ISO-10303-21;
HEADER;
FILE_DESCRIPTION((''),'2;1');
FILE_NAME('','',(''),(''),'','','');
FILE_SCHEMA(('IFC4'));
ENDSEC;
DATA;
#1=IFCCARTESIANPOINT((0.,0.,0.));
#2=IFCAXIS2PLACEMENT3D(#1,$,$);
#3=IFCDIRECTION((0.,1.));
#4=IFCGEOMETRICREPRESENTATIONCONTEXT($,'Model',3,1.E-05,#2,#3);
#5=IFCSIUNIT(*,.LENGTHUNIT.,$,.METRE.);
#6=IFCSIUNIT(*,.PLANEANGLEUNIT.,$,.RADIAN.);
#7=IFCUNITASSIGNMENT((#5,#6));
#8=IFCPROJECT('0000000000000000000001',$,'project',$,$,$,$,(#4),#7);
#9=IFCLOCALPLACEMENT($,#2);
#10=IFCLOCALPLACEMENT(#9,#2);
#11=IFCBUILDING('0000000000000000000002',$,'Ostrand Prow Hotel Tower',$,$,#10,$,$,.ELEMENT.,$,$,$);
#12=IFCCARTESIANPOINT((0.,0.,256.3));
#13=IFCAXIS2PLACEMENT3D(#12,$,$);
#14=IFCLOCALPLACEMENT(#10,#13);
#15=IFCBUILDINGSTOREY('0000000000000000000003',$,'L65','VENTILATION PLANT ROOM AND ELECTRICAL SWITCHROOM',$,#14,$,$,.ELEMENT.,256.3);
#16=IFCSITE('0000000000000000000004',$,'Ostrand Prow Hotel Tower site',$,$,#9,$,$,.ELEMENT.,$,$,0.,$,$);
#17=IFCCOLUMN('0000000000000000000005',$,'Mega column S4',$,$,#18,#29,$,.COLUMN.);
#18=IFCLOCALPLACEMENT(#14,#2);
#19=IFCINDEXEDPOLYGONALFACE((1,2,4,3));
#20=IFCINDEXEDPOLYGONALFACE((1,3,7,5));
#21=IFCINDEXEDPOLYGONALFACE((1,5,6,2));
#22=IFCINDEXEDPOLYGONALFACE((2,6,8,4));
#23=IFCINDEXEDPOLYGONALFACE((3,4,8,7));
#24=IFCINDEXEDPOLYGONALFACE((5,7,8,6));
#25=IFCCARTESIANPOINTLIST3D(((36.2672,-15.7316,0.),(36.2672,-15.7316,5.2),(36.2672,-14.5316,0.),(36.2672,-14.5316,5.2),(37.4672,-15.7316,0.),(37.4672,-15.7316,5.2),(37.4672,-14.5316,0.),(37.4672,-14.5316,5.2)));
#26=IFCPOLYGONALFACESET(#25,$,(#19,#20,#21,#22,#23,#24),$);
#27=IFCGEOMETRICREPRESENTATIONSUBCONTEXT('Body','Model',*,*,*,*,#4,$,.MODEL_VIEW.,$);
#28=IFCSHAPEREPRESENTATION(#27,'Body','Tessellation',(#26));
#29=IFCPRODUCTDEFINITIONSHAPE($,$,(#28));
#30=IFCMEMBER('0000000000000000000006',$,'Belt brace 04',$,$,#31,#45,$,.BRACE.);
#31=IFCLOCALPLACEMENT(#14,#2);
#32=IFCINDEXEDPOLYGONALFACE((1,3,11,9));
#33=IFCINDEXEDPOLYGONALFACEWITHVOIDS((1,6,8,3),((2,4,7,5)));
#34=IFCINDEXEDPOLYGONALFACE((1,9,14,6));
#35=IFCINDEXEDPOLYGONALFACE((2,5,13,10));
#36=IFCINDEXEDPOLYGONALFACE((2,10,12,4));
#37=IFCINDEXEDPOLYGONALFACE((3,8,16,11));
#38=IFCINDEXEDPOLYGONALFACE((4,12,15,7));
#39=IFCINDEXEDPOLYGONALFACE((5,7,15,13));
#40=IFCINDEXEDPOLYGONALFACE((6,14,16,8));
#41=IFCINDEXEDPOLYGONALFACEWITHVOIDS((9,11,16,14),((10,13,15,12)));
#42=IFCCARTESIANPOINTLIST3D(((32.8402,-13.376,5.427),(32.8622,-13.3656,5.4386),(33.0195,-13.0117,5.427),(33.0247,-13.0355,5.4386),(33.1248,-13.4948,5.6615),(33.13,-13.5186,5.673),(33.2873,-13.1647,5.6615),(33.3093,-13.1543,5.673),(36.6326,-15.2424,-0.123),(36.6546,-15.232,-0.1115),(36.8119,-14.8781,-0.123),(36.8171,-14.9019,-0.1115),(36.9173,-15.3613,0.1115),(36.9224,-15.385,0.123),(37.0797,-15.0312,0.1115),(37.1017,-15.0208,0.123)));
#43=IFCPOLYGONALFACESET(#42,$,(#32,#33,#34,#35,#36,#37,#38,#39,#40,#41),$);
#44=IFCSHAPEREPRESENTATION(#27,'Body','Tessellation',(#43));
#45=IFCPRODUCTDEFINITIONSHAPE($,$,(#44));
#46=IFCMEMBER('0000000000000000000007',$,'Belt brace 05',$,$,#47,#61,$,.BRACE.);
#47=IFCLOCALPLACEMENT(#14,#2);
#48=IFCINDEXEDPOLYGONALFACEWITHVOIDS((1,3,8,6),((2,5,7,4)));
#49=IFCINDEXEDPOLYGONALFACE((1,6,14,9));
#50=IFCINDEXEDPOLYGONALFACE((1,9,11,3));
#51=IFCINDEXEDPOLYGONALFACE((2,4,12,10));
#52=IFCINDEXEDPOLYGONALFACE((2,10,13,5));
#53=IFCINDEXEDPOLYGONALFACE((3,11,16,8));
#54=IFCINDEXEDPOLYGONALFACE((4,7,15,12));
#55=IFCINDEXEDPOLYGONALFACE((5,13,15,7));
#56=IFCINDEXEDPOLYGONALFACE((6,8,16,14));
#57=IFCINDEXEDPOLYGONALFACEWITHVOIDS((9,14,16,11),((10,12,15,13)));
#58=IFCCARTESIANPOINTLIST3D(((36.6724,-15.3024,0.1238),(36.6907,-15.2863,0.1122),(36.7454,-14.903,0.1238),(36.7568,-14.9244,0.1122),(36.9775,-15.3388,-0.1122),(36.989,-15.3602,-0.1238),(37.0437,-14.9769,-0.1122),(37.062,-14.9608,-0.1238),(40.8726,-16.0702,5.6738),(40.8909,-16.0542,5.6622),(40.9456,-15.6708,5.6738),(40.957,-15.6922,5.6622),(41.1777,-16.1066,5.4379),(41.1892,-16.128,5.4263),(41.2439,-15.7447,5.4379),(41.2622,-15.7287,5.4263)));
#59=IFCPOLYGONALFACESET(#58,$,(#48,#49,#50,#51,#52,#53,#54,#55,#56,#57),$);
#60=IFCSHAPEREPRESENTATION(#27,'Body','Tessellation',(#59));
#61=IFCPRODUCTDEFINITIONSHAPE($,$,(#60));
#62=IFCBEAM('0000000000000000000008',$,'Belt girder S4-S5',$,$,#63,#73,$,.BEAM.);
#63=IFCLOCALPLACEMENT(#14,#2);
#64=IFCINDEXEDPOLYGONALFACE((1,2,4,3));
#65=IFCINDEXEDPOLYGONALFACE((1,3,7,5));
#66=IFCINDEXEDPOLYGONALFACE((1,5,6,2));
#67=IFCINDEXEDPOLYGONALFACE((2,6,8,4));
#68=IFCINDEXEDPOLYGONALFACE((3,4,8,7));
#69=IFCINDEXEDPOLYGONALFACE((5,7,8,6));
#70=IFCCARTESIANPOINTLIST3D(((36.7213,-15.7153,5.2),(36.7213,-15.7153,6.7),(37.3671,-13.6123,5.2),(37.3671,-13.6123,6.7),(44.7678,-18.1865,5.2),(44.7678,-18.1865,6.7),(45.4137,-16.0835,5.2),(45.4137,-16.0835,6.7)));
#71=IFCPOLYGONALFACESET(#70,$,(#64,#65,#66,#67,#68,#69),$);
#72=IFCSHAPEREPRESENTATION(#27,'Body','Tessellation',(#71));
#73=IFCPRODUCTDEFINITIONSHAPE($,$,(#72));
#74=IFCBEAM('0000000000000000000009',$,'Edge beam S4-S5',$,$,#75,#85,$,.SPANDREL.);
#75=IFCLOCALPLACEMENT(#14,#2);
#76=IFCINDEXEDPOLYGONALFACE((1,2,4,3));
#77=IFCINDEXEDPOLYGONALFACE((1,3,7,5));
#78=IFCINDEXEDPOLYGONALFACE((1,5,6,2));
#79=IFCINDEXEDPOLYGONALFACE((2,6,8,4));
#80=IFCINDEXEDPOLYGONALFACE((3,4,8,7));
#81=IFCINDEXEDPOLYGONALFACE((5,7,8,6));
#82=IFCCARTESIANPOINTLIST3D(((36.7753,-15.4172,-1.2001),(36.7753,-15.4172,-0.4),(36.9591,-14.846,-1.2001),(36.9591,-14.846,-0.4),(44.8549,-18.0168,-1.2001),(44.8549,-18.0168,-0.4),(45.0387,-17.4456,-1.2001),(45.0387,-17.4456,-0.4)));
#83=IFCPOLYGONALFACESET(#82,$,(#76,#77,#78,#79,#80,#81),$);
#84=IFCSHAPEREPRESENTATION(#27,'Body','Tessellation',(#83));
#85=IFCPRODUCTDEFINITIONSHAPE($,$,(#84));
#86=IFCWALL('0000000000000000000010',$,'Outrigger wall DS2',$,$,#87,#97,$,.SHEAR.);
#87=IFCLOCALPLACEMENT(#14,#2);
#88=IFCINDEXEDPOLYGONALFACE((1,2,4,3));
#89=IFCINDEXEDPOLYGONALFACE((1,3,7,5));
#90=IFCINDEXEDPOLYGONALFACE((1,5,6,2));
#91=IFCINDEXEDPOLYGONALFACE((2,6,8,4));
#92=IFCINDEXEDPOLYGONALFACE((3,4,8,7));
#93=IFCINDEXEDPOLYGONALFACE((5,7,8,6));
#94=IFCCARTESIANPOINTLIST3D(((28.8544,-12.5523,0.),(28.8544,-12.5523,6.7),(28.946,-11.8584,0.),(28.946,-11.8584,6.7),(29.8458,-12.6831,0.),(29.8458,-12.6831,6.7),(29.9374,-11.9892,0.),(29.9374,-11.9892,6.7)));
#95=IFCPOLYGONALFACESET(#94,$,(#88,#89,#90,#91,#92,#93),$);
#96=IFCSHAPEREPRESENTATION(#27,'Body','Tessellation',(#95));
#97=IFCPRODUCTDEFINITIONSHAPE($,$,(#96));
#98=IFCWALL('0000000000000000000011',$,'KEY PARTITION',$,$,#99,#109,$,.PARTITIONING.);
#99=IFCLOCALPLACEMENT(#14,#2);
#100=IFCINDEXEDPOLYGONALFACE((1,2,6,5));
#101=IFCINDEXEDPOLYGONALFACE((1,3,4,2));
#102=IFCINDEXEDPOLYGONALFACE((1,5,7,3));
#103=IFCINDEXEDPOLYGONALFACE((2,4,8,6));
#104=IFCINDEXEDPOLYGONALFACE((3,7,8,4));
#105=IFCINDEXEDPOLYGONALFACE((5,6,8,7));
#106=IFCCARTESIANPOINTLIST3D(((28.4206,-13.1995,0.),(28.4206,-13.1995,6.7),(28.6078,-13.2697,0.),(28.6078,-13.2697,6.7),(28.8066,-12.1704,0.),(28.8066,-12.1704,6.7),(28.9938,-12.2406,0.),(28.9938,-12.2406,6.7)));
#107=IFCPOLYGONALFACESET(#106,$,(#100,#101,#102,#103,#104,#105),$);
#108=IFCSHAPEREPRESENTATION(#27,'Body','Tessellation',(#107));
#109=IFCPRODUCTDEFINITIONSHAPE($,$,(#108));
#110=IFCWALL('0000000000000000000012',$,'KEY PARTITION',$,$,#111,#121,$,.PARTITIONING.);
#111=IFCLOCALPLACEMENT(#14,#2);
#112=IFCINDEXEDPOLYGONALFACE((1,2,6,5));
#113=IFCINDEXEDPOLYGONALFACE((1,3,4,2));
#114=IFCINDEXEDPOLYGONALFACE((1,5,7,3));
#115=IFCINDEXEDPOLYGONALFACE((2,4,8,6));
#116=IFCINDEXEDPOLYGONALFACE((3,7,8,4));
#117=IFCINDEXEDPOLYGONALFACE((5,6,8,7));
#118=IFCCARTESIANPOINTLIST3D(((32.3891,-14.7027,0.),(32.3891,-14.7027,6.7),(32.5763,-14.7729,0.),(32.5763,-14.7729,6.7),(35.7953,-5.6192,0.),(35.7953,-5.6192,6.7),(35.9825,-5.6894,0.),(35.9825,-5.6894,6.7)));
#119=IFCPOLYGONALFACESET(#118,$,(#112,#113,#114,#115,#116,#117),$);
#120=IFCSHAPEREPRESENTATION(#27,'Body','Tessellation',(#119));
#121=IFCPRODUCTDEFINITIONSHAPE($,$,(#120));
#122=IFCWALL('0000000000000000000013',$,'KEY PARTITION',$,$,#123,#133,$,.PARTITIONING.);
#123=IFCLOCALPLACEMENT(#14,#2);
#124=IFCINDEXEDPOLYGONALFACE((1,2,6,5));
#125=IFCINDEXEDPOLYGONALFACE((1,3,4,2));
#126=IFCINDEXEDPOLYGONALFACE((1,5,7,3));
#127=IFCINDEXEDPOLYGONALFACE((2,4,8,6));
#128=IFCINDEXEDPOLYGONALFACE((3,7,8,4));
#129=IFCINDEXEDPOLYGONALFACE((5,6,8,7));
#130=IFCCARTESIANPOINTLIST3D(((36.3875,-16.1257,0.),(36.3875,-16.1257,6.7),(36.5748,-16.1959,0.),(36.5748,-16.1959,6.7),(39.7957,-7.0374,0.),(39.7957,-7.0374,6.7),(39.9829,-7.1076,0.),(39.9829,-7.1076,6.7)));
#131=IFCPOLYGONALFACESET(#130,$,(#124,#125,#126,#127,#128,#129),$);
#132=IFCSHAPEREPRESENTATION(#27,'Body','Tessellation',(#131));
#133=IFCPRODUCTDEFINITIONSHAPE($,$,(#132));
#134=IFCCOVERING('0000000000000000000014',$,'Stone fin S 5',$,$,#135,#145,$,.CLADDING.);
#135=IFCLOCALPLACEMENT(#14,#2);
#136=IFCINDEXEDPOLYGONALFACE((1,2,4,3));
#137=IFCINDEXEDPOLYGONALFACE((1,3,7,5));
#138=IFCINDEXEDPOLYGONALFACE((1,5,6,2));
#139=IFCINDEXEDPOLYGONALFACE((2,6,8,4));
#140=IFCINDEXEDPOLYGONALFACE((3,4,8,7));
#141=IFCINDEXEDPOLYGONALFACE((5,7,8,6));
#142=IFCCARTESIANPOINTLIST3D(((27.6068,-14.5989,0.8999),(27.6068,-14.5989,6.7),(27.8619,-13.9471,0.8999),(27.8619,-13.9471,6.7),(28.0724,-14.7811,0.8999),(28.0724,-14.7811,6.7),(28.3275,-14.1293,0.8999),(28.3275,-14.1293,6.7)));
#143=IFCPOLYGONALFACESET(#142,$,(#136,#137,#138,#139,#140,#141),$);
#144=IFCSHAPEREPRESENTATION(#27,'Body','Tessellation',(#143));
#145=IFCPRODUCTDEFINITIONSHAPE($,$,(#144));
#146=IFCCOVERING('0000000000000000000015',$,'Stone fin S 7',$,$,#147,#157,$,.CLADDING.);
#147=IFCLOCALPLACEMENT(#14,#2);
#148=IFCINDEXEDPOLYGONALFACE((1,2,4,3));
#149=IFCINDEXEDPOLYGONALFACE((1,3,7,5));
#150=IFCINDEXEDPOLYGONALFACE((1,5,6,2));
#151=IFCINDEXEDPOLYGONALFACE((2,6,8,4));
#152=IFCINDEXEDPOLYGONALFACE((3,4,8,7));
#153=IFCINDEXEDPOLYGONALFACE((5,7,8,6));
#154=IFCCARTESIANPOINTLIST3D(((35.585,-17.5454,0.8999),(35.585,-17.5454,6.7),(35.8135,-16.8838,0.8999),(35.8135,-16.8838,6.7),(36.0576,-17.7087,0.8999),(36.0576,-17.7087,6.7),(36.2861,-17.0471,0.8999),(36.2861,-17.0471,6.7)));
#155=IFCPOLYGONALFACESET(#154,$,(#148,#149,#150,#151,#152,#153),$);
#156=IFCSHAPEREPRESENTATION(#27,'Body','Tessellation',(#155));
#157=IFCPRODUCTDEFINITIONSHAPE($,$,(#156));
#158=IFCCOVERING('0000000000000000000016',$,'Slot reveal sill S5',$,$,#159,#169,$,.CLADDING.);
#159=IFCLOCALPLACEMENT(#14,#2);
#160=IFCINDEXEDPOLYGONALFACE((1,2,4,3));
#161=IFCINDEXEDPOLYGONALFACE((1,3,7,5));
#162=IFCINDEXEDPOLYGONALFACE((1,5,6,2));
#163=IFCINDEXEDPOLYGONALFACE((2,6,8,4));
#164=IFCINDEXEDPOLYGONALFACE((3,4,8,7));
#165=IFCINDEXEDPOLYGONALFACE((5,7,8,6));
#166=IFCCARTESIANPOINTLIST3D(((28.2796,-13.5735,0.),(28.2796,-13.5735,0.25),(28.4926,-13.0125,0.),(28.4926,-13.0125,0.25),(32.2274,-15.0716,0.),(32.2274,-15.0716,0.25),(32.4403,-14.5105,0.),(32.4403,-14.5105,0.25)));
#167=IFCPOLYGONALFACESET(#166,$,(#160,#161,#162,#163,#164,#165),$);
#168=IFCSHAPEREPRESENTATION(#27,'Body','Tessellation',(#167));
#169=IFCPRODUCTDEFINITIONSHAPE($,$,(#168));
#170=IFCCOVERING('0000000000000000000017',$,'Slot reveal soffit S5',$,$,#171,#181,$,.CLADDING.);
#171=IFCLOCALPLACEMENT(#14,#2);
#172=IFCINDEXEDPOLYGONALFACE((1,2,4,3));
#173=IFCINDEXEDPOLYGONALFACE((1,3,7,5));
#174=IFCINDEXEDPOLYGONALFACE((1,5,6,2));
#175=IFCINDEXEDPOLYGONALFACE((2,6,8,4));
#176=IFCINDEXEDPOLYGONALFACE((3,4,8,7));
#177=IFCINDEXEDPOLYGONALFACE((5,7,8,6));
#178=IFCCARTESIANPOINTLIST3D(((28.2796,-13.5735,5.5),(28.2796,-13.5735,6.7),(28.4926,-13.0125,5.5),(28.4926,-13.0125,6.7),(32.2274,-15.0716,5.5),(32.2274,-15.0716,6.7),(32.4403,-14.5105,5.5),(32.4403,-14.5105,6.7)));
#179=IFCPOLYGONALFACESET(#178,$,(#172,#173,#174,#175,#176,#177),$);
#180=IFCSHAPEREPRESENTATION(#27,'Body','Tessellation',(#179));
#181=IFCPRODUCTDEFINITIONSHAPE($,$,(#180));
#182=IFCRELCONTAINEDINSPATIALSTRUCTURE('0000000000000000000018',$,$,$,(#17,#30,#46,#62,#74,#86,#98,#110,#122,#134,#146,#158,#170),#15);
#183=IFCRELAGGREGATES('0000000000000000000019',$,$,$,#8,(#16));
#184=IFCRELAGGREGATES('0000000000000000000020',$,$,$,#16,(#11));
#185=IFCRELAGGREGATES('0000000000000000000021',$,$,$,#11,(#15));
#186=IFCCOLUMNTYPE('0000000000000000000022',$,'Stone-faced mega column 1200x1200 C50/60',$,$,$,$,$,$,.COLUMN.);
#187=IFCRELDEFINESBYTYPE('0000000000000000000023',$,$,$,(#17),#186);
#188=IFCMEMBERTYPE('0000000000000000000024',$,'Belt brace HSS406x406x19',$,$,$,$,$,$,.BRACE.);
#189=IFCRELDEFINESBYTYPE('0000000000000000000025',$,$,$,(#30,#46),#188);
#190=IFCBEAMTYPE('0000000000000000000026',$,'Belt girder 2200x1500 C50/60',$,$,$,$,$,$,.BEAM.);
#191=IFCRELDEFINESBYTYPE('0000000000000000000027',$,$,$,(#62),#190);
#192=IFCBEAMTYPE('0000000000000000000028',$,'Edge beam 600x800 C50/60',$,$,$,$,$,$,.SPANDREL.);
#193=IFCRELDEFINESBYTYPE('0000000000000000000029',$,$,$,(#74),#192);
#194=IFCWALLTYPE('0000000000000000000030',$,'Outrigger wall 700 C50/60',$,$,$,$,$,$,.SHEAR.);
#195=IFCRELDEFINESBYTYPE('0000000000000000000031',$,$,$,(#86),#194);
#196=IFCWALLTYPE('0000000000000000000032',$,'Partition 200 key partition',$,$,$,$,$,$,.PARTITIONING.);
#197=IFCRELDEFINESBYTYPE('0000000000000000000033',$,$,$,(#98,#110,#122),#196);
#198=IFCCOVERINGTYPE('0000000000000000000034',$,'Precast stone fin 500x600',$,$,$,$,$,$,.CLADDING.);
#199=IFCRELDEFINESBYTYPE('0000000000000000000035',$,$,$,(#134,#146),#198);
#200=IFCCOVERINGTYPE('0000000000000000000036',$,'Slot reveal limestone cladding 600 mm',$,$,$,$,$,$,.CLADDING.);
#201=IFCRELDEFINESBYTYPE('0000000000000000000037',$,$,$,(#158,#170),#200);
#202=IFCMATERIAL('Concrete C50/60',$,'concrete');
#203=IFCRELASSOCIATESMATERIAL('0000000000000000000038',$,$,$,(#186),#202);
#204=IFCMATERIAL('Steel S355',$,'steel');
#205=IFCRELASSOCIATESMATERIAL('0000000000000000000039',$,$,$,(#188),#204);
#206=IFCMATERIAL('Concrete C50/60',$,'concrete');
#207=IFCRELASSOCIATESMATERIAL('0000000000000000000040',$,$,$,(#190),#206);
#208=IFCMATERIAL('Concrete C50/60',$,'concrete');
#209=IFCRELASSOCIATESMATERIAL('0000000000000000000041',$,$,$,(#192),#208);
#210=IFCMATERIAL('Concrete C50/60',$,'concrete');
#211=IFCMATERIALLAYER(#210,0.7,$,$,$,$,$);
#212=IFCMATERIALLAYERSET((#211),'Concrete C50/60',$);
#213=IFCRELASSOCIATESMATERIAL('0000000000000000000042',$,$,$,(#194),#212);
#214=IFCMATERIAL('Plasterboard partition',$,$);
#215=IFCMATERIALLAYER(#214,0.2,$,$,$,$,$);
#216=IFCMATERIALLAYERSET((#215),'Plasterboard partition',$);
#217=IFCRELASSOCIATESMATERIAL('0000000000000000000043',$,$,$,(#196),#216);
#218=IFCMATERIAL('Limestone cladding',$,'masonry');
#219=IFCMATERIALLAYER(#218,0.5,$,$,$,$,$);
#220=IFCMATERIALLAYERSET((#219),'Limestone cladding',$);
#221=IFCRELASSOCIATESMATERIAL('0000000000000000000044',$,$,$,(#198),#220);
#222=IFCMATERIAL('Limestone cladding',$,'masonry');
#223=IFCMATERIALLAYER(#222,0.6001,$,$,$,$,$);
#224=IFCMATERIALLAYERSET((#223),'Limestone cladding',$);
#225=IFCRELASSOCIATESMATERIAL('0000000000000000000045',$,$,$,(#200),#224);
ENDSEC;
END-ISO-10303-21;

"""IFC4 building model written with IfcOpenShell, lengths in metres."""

from ifc_helpers import new_model, si_unit, direction, frame, frame_2d, origin, origin_2d, place, context, subcontext, project, spatial, rectangle, hollow_rectangle, extrude, material, layer, layer_set, material_profile, profile_set, type_object, element, save


model = new_model("IFC4")

# Units and contexts
model_context = context("Model", 3, precision=1e-05, world=origin(), true_north=direction((0.0, 1.0)))
body_context = subcontext(model_context, "Body", "Model", "MODEL_VIEW")
ifc_project = project(units=[si_unit("LENGTHUNIT", "METRE"), si_unit("PLANEANGLEUNIT", "RADIAN")], contexts=[model_context])

# Site, building, storey
site_placement = place(None, origin())
site = spatial("IfcSite", under=ifc_project, at=site_placement, Name="Ostrand Prow Hotel Tower site", CompositionType="ELEMENT", RefElevation=0.0)
building_placement = place(site_placement, origin())
building = spatial("IfcBuilding", under=site, at=building_placement, Name="Ostrand Prow Hotel Tower", CompositionType="ELEMENT")
storey_placement = place(building_placement, frame((0.0, 0.0, 256.3)))
storey = spatial("IfcBuildingStorey", under=building, at=storey_placement, Name="L65", Description="VENTILATION PLANT ROOM AND ELECTRICAL SWITCHROOM", CompositionType="ELEMENT", Elevation=256.3)

# Column
ifc_material_1 = material(Name="Concrete C50/60", Category="concrete")
ifc_material_profile_1 = material_profile(ifc_material_1, rectangle(XDim=1.2, YDim=1.2, at=origin_2d()), Name="RC 1200x1200")
ifc_profile_set_1 = profile_set([ifc_material_profile_1], Name="Concrete C50/60")
column_type = type_object("IfcColumnType", Name="Stone-faced mega column 1200x1200 C50/60", PredefinedType="COLUMN", material=ifc_profile_set_1)
column_placement = place(storey_placement, frame((36.8672, -15.1316, 0.0), z_axis=(0.0, 0.0, 1.0), x_axis=(1.0, 0.0, 0.0)))
element("IfcColumn", 1, at=column_placement, inside=storey, type_object=column_type, Name="Mega column S4", PredefinedType="COLUMN", context=body_context, shape_type="SweptSolid", body=[
    extrude(rectangle(XDim=1.2, YDim=1.2, at=origin_2d()), origin(), (0.0, 0.0, 1.0), 5.2),
])

# Members
ifc_material_2 = material(Name="Steel S355", Category="steel")
ifc_material_profile_2 = material_profile(ifc_material_2, hollow_rectangle(XDim=0.406, YDim=0.406, WallThickness=0.019, at=origin_2d()), Name="HSS406x406x19")
ifc_profile_set_2 = profile_set([ifc_material_profile_2], Name="Steel S355")
member_type = type_object("IfcMemberType", Name="Belt brace HSS406x406x19", PredefinedType="BRACE", material=ifc_profile_set_2)
member_1_placement = place(storey_placement, frame((36.8672, -15.1316, 0.0), z_axis=(-0.543619, 0.26754, 0.795551), x_axis=(-0.441567, -0.897228, 0.0)))
element("IfcMember", 2, at=member_1_placement, inside=storey, type_object=member_type, Name="Belt brace 04", PredefinedType="BRACE", context=body_context, shape_type="SweptSolid", body=[
    extrude(hollow_rectangle(XDim=0.406, YDim=0.406, WallThickness=0.019, at=origin_2d()), origin(), (0.0, 0.0, 1.0), 6.9763),
])
member_2_placement = place(storey_placement, frame((36.8672, -15.1316, 0.0), z_axis=(0.599818, -0.109651, 0.792587), x_axis=(0.179826, 0.983698, 0.0)))
element("IfcMember", 3, at=member_2_placement, inside=storey, type_object=member_type, Name="Belt brace 05", PredefinedType="BRACE", context=body_context, shape_type="SweptSolid", body=[
    extrude(hollow_rectangle(XDim=0.406, YDim=0.406, WallThickness=0.019, at=origin_2d()), origin(), (0.0, 0.0, 1.0), 7.0024),
])

# Beams
ifc_material_3 = material(Name="Concrete C50/60", Category="concrete")
ifc_material_profile_3 = material_profile(ifc_material_3, rectangle(XDim=2.2, YDim=1.5, at=origin_2d()), Name="RC 2200x1500")
ifc_profile_set_3 = profile_set([ifc_material_profile_3], Name="Concrete C50/60")
beam_type_1 = type_object("IfcBeamType", Name="Belt girder 2200x1500 C50/60", PredefinedType="BEAM", material=ifc_profile_set_3)
beam_1_placement = place(storey_placement, frame((37.0442, -14.6638, 5.95), z_axis=(0.955936, -0.293576, 0.0), x_axis=(0.293576, 0.955936, 0.0)))
element("IfcBeam", 4, at=beam_1_placement, inside=storey, type_object=beam_type_1, Name="Belt girder S4-S5", PredefinedType="BEAM", context=body_context, shape_type="SweptSolid", body=[
    extrude(rectangle(XDim=2.2, YDim=1.5, at=origin_2d()), origin(), (0.0, 0.0, 1.0), 8.4175),
])
ifc_material_4 = material(Name="Concrete C50/60", Category="concrete")
ifc_material_profile_4 = material_profile(ifc_material_4, rectangle(XDim=0.6001, YDim=0.8, at=origin_2d()), Name="RC 600x800")
ifc_profile_set_4 = profile_set([ifc_material_profile_4], Name="Concrete C50/60")
beam_type_2 = type_object("IfcBeamType", Name="Edge beam 600x800 C50/60", PredefinedType="SPANDREL", material=ifc_profile_set_4)
beam_2_placement = place(storey_placement, frame((36.8672, -15.1316, -0.8), z_axis=(0.951939, -0.306287, 0.0), x_axis=(0.306287, 0.951939, 0.0)))
element("IfcBeam", 5, at=beam_2_placement, inside=storey, type_object=beam_type_2, Name="Edge beam S4-S5", PredefinedType="SPANDREL", context=body_context, shape_type="SweptSolid", body=[
    extrude(rectangle(XDim=0.6001, YDim=0.8, at=origin_2d()), origin(), (0.0, 0.0, 1.0), 8.4875),
])

# Walls
ifc_material_5 = material(Name="Concrete C50/60", Category="concrete")
ifc_layer_1 = layer(ifc_material_5, 0.7)
ifc_layer_set_1 = layer_set([ifc_layer_1], Name="Concrete C50/60")
wall_type_1 = type_object("IfcWallType", Name="Outrigger wall 700 C50/60", PredefinedType="SHEAR", material=ifc_layer_set_1)
wall_1_placement = place(storey_placement, frame((29.8916, -12.3362, 0.0), z_axis=(0.0, 0.0, 1.0), x_axis=(-0.991402, 0.130852, 0.0)))
element("IfcWall", 6, at=wall_1_placement, inside=storey, type_object=wall_type_1, Name="Outrigger wall DS2", PredefinedType="SHEAR", context=body_context, shape_type="SweptSolid", body=[
    extrude(rectangle(XDim=1.0, YDim=0.7, at=frame_2d((0.5, 0.0))), origin(), (0.0, 0.0, 1.0), 6.7),
])
ifc_material_6 = material(Name="Plasterboard partition")
ifc_layer_2 = layer(ifc_material_6, 0.2)
ifc_layer_set_2 = layer_set([ifc_layer_2], Name="Plasterboard partition")
wall_type_2 = type_object("IfcWallType", Name="Partition 200 key partition", PredefinedType="PARTITIONING", material=ifc_layer_set_2)
wall_2_placement = place(storey_placement, frame((28.5142, -13.2346, 0.0), z_axis=(0.0, 0.0, 1.0), x_axis=(0.351196, 0.936302, 0.0)))
element("IfcWall", 7, at=wall_2_placement, inside=storey, type_object=wall_type_2, Name="KEY PARTITION", PredefinedType="PARTITIONING", context=body_context, shape_type="SweptSolid", body=[
    extrude(rectangle(XDim=1.0991, YDim=0.2, at=frame_2d((0.5496, 0.0))), origin(), (0.0, 0.0, 1.0), 6.7),
])
wall_3_placement = place(storey_placement, frame((32.4827, -14.7378, 0.0), z_axis=(0.0, 0.0, 1.0), x_axis=(0.351118, 0.936331, 0.0)))
element("IfcWall", 8, at=wall_3_placement, inside=storey, type_object=wall_type_2, Name="KEY PARTITION", PredefinedType="PARTITIONING", context=body_context, shape_type="SweptSolid", body=[
    extrude(rectangle(XDim=9.7012, YDim=0.2, at=frame_2d((4.8506, 0.0))), origin(), (0.0, 0.0, 1.0), 6.7),
])
wall_4_placement = place(storey_placement, frame((36.4812, -16.1606, 0.0), z_axis=(0.0, 0.0, 1.0), x_axis=(0.351129, 0.936327, 0.0)))
element("IfcWall", 9, at=wall_4_placement, inside=storey, type_object=wall_type_2, Name="KEY PARTITION", PredefinedType="PARTITIONING", context=body_context, shape_type="SweptSolid", body=[
    extrude(rectangle(XDim=9.7063, YDim=0.2, at=frame_2d((4.853, 0.0))), origin(), (0.0, 0.0, 1.0), 6.7),
])

# Coverings
ifc_material_7 = material(Name="Limestone cladding", Category="masonry")
ifc_layer_3 = layer(ifc_material_7, 0.5)
ifc_layer_set_3 = layer_set([ifc_layer_3], Name="Limestone cladding")
covering_type_1 = type_object("IfcCoveringType", Name="Precast stone fin 500x600", PredefinedType="CLADDING", material=ifc_layer_set_3)
for number, where, z_axis, x_axis, name in (
    (10, (28.0947, -14.0381, 0.8999), (0.0, 0.0, 1.0), (-0.364465, -0.931217, 0.0), "Stone fin S 5"),
    (11, (36.0498, -16.9653, 0.8999), (0.0, 0.0, 1.0), (-0.326464, -0.94521, 0.0), "Stone fin S 7"),
):
    element("IfcCovering", number, at=place(storey_placement, frame(where, z_axis=z_axis, x_axis=x_axis)), inside=storey, type_object=covering_type_1, Name=name, PredefinedType="CLADDING", context=body_context, shape_type="SweptSolid", body=[
        extrude(rectangle(XDim=0.7, YDim=0.5, at=frame_2d((0.3501, 0.0))), origin(), (0.0, 0.0, 1.0), 5.8),
    ])
ifc_material_8 = material(Name="Limestone cladding", Category="masonry")
ifc_layer_4 = layer(ifc_material_8, 0.6001)
ifc_layer_set_4 = layer_set([ifc_layer_4], Name="Limestone cladding")
covering_type_2 = type_object("IfcCoveringType", Name="Slot reveal limestone cladding 600 mm", PredefinedType="CLADDING", material=ifc_layer_set_4)
covering_1_placement = place(storey_placement, frame((28.386, -13.293, 0.0), z_axis=(0.0, 0.0, 1.0), x_axis=(0.934949, -0.354783, 0.0)))
element("IfcCovering", 12, at=covering_1_placement, inside=storey, type_object=covering_type_2, Name="Slot reveal sill S5", PredefinedType="CLADDING", context=body_context, shape_type="SweptSolid", body=[
    extrude(rectangle(XDim=4.2224, YDim=0.6001, at=frame_2d((2.1113, 0.0))), origin(), (0.0, 0.0, 1.0), 0.25),
])
covering_2_placement = place(storey_placement, frame((28.386, -13.293, 5.5), z_axis=(0.0, 0.0, 1.0), x_axis=(0.934949, -0.354783, 0.0)))
element("IfcCovering", 13, at=covering_2_placement, inside=storey, type_object=covering_type_2, Name="Slot reveal soffit S5", PredefinedType="CLADDING", context=body_context, shape_type="SweptSolid", body=[
    extrude(rectangle(XDim=4.2224, YDim=0.6001, at=frame_2d((2.1113, 0.0))), origin(), (0.0, 0.0, 1.0), 1.2),
])

save(model, "model.ifc")
